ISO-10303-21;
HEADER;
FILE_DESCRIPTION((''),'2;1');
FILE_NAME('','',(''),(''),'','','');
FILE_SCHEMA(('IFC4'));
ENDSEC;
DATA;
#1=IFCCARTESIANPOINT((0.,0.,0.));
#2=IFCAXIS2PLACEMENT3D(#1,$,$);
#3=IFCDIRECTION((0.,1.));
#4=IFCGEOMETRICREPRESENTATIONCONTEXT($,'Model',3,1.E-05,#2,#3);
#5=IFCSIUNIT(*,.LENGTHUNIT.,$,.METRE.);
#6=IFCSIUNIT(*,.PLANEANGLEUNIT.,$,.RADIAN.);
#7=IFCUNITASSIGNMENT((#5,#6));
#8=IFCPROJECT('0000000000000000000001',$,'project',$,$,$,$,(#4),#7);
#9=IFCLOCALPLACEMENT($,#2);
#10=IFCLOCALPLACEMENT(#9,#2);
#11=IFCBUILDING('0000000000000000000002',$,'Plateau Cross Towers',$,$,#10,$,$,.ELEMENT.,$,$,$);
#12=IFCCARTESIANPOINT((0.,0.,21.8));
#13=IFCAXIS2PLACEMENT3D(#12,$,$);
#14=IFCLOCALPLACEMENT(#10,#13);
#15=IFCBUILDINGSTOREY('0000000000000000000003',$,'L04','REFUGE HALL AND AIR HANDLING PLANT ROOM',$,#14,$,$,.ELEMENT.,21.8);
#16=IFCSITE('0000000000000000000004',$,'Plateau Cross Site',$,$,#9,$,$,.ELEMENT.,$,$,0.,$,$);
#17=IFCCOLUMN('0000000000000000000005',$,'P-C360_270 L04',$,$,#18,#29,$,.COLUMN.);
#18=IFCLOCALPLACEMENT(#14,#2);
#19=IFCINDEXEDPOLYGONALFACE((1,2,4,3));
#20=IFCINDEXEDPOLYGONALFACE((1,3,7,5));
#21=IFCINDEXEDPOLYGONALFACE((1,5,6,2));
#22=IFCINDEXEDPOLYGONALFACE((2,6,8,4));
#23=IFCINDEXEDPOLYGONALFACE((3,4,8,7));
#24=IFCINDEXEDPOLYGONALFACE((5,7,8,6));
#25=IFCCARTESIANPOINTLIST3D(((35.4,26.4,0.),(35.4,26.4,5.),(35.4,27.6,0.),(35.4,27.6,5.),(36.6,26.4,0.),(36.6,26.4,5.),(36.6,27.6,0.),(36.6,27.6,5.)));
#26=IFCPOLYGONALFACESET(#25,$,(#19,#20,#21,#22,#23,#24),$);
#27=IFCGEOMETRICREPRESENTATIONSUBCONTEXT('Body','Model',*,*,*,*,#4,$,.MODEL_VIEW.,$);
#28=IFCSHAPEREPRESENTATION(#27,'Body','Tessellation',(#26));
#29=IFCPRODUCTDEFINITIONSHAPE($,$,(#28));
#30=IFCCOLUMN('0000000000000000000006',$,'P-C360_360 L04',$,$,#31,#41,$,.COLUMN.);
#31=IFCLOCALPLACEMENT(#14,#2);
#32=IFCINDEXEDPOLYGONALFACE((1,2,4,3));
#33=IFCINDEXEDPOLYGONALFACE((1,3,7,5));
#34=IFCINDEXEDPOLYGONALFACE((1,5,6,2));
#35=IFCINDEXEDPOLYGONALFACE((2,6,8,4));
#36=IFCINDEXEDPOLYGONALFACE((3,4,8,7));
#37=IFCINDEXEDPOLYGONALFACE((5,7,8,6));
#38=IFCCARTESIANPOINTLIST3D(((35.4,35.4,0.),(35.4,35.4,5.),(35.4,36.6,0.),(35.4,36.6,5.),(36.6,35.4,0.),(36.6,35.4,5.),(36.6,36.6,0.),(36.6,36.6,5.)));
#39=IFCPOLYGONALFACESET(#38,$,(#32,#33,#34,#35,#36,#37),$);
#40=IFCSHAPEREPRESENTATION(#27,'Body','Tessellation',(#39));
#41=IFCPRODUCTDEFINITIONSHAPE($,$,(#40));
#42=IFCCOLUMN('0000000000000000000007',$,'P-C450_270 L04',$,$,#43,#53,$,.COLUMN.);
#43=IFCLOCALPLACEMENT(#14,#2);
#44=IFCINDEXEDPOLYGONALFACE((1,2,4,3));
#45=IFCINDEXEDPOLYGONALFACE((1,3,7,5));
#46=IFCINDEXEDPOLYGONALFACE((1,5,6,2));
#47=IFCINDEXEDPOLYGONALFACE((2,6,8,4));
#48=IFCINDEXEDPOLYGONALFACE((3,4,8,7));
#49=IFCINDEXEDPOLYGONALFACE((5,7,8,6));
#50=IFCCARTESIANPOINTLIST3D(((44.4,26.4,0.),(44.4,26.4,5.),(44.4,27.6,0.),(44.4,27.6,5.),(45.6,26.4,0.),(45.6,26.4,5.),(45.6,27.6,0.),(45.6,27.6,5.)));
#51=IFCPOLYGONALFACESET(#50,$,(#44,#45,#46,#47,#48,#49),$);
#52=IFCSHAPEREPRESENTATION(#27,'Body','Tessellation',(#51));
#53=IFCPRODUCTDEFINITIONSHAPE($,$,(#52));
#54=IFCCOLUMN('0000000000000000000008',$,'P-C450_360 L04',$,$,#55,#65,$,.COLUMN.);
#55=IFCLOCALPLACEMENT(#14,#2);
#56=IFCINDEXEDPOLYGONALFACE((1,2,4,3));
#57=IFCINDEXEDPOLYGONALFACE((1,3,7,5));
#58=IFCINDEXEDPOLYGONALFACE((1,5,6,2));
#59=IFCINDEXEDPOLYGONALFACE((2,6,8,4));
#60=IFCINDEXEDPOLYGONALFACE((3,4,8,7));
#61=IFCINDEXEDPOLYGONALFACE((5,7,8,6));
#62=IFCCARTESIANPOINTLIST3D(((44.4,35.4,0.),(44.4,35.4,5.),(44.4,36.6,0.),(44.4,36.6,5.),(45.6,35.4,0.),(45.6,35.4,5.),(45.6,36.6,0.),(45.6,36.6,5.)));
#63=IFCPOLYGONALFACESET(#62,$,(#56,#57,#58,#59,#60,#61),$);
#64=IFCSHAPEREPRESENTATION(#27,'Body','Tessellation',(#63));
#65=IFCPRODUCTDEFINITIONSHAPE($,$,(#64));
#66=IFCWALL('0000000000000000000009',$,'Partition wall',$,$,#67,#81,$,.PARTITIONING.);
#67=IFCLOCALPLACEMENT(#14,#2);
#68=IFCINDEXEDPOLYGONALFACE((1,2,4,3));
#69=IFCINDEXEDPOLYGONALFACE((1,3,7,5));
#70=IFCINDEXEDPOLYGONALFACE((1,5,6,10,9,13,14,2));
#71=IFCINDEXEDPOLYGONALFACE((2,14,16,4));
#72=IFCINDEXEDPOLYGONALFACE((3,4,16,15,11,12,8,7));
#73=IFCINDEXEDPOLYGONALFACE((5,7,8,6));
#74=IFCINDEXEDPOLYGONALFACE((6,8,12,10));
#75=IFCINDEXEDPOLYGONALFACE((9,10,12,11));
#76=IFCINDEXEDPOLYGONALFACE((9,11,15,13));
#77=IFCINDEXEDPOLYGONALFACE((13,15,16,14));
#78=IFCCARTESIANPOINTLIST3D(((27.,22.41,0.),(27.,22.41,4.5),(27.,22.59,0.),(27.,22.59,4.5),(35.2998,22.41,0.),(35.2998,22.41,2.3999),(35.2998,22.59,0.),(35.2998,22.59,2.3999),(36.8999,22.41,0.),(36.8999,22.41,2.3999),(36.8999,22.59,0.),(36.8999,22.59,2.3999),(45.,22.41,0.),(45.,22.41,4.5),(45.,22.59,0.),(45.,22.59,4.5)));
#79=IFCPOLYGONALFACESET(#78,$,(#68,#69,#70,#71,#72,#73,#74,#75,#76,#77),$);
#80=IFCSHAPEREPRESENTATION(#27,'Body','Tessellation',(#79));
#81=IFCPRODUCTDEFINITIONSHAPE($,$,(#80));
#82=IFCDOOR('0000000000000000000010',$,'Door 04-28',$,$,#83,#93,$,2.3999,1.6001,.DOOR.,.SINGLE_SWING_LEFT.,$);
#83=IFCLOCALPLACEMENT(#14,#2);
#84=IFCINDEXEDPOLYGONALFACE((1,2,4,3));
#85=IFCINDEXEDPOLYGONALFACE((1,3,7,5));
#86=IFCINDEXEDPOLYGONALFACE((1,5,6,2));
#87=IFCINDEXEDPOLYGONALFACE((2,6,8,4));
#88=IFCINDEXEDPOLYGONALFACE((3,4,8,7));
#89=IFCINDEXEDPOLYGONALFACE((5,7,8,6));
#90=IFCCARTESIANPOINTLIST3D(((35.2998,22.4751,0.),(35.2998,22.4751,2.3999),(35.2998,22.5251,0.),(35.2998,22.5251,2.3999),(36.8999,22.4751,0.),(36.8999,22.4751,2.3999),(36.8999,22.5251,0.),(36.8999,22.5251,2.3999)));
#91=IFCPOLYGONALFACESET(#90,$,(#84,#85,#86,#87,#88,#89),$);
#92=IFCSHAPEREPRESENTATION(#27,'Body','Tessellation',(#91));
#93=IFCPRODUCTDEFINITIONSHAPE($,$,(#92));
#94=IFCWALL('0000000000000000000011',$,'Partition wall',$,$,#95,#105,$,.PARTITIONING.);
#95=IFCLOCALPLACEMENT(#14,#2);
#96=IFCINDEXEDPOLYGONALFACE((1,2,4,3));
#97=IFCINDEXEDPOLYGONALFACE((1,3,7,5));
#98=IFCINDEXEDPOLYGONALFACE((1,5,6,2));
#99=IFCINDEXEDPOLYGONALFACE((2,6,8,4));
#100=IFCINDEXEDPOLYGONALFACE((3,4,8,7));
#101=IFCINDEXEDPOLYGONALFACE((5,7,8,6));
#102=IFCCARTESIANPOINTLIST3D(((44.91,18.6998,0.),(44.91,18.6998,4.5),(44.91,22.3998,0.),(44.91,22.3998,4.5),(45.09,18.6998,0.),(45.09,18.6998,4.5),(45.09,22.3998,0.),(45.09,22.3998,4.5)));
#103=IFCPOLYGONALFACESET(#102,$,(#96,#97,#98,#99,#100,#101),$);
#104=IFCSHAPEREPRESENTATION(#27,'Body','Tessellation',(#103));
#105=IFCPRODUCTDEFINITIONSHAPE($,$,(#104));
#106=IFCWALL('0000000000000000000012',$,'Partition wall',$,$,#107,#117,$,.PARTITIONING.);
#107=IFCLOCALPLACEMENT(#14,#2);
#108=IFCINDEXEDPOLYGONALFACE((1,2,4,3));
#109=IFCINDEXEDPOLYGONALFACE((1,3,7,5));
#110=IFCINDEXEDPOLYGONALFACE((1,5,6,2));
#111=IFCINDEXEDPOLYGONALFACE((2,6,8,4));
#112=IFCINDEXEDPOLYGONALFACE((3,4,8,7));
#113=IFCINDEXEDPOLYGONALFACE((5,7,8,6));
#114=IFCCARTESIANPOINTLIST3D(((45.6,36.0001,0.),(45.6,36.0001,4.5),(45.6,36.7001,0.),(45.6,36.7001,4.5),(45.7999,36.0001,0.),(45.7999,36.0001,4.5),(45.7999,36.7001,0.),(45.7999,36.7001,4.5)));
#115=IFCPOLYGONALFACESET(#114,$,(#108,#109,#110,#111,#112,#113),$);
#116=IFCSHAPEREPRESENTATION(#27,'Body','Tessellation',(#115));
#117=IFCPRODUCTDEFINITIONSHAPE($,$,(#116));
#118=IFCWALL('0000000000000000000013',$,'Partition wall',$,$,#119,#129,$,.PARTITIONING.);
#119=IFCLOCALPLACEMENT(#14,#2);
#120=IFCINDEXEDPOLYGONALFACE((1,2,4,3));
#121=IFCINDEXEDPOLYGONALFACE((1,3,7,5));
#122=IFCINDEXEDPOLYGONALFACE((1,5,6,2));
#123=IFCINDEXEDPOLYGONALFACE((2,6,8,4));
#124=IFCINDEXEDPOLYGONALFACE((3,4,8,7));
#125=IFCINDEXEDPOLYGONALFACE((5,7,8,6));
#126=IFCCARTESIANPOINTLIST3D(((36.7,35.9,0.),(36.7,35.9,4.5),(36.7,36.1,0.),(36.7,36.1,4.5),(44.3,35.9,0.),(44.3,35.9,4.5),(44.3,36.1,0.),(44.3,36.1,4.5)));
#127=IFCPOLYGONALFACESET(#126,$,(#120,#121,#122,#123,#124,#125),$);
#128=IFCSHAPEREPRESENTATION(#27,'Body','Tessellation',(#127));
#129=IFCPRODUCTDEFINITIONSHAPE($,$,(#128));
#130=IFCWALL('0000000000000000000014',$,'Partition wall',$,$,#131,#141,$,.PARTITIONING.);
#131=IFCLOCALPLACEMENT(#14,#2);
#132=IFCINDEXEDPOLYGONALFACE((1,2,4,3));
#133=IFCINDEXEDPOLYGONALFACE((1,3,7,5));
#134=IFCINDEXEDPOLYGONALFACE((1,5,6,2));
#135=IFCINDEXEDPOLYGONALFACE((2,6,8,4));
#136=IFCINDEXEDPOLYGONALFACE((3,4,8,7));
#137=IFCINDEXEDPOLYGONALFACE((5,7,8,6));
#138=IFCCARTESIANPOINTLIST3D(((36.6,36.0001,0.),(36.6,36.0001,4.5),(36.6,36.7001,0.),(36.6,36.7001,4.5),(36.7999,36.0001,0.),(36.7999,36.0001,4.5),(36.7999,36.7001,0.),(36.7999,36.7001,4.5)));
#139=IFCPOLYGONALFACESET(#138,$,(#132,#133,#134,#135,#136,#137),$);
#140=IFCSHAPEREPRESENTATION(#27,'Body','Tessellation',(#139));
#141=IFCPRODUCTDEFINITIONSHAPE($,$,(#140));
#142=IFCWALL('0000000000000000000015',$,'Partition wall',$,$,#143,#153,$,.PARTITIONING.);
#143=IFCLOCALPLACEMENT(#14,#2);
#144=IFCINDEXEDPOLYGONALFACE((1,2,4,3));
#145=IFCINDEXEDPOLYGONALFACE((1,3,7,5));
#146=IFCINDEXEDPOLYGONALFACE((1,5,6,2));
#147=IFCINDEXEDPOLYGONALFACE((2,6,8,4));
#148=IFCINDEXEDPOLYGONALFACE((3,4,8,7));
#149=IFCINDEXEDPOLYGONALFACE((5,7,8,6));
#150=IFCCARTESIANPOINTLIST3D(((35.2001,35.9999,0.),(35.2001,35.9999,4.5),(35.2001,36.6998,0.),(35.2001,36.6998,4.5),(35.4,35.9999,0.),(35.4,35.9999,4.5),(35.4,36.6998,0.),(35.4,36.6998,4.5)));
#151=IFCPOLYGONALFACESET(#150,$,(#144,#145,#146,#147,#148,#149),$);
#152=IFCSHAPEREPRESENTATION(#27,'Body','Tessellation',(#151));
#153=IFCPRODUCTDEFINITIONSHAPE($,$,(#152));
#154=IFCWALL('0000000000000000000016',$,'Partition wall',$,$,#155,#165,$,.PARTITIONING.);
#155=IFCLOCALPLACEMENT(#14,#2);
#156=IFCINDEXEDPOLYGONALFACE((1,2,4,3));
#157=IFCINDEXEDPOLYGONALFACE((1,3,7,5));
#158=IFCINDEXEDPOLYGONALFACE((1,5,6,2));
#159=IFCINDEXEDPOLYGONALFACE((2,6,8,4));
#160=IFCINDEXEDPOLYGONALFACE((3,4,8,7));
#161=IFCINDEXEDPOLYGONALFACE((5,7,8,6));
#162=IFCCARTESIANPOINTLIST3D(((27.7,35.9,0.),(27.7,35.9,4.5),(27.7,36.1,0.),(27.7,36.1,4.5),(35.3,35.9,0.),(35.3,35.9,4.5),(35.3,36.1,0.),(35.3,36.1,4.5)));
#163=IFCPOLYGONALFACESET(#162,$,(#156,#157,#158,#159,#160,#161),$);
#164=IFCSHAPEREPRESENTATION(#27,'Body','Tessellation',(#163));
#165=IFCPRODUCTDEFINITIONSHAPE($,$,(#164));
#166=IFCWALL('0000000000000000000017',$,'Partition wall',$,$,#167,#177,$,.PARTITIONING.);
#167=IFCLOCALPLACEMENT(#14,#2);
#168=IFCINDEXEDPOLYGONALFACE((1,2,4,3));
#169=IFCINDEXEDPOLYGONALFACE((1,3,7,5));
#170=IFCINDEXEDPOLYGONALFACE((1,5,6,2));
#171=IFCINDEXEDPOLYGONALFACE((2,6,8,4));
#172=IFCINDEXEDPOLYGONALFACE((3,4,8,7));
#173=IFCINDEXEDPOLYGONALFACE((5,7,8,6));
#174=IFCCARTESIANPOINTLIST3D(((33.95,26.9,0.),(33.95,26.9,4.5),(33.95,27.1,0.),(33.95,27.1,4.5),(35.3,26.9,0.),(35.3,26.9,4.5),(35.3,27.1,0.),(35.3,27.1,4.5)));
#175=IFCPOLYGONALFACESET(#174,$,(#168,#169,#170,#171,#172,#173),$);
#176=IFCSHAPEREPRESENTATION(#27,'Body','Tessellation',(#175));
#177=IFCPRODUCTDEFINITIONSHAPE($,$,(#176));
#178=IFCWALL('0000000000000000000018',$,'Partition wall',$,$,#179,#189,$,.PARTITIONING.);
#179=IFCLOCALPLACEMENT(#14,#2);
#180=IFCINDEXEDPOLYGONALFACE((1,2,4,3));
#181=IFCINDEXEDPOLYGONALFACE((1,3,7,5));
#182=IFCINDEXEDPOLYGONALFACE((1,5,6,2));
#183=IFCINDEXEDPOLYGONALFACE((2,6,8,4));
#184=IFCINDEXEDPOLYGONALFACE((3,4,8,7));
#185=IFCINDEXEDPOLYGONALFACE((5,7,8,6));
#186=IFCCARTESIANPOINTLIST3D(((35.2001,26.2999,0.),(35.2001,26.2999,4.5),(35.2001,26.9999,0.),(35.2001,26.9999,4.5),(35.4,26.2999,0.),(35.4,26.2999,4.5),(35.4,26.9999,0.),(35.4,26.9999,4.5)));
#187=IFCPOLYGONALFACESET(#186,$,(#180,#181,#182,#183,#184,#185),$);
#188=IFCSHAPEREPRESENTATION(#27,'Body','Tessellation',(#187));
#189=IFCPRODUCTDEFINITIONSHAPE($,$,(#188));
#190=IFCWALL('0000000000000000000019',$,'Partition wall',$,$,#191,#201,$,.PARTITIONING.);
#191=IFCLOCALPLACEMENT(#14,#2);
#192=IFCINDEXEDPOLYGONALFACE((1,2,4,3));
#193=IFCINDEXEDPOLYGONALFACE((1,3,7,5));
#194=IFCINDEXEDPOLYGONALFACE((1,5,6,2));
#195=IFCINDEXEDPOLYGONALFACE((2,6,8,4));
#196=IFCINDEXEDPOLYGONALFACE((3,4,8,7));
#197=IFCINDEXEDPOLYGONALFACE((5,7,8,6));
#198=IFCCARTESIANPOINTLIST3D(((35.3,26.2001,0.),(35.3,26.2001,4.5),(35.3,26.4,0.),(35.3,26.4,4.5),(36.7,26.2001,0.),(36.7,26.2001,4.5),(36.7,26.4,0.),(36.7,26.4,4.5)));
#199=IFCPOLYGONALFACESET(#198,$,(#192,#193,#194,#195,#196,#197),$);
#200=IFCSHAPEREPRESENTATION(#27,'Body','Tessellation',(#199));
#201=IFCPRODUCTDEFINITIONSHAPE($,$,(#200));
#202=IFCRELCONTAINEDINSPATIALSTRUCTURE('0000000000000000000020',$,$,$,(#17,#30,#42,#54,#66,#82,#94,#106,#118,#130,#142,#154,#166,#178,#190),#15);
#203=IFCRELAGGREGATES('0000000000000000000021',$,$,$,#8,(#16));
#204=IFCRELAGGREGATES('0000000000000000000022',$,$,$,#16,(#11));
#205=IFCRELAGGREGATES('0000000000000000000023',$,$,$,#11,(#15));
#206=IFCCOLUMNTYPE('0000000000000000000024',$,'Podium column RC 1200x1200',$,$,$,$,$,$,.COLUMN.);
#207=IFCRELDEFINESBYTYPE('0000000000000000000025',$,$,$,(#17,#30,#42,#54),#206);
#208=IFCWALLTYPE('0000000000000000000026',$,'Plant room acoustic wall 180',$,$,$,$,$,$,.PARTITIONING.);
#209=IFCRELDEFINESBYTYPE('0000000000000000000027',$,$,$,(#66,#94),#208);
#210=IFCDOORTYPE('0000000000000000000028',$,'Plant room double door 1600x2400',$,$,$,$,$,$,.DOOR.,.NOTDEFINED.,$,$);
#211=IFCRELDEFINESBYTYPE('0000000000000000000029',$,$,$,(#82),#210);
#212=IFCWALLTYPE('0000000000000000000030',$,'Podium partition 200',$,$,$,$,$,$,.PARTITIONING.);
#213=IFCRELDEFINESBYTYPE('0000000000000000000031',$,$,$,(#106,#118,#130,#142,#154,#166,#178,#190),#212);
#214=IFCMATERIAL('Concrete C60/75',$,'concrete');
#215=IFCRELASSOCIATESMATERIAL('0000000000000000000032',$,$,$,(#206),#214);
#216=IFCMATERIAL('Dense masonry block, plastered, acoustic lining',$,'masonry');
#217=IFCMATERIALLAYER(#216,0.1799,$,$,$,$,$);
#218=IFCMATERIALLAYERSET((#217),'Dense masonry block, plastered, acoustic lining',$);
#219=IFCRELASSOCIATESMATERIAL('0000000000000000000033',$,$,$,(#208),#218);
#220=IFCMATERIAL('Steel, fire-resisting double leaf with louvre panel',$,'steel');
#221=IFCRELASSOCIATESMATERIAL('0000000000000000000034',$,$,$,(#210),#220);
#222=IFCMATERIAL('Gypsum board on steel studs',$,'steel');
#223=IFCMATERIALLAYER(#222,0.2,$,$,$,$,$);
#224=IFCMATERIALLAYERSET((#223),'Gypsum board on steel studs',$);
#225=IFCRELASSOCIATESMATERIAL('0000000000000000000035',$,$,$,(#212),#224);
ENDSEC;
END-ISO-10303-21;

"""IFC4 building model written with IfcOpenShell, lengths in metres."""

from ifc_helpers import new_model, si_unit, direction, frame, frame_2d, origin, origin_2d, place, context, subcontext, project, spatial, rectangle, extrude, material, layer, layer_set, material_profile, profile_set, type_object, element, fill, save


model = new_model("IFC4")

# Units and contexts
model_context = context("Model", 3, precision=1e-05, world=origin(), true_north=direction((0.0, 1.0)))
body_context = subcontext(model_context, "Body", "Model", "MODEL_VIEW")
ifc_project = project(units=[si_unit("LENGTHUNIT", "METRE"), si_unit("PLANEANGLEUNIT", "RADIAN")], contexts=[model_context])

# Site, building, storey
site_placement = place(None, origin())
site = spatial("IfcSite", under=ifc_project, at=site_placement, Name="Plateau Cross Site", CompositionType="ELEMENT", RefElevation=0.0)
building_placement = place(site_placement, origin())
building = spatial("IfcBuilding", under=site, at=building_placement, Name="Plateau Cross Towers", CompositionType="ELEMENT")
storey_placement = place(building_placement, frame((0.0, 0.0, 21.8)))
storey = spatial("IfcBuildingStorey", under=building, at=storey_placement, Name="L04", Description="REFUGE HALL AND AIR HANDLING PLANT ROOM", CompositionType="ELEMENT", Elevation=21.8)

# Columns
ifc_material_1 = material(Name="Concrete C60/75", Category="concrete")
ifc_material_profile = material_profile(ifc_material_1, rectangle(XDim=1.2, YDim=1.2, at=origin_2d()), Name="RC 1200x1200")
ifc_profile_set = profile_set([ifc_material_profile], Name="Concrete C60/75")
column_type = type_object("IfcColumnType", Name="Podium column RC 1200x1200", PredefinedType="COLUMN", material=ifc_profile_set)
for number, where, z_axis, x_axis, name in (
    (1, (36.0, 27.0, 0.0), (0.0, 0.0, 1.0), (1.0, 0.0, 0.0), "P-C360_270 L04"),
    (2, (36.0, 36.0, 0.0), (0.0, 0.0, 1.0), (1.0, 0.0, 0.0), "P-C360_360 L04"),
    (3, (45.0, 27.0, 0.0), (0.0, 0.0, 1.0), (1.0, 0.0, 0.0), "P-C450_270 L04"),
    (4, (45.0, 36.0, 0.0), (0.0, 0.0, 1.0), (1.0, 0.0, 0.0), "P-C450_360 L04"),
):
    element("IfcColumn", number, at=place(storey_placement, frame(where, z_axis=z_axis, x_axis=x_axis)), inside=storey, type_object=column_type, Name=name, PredefinedType="COLUMN", context=body_context, shape_type="SweptSolid", body=[
        extrude(rectangle(XDim=1.2, YDim=1.2, at=origin_2d()), origin(), (0.0, 0.0, 1.0), 5.0),
    ])

# Wall, opening, door
ifc_material_2 = material(Name="Dense masonry block, plastered, acoustic lining", Category="masonry")
ifc_layer_1 = layer(ifc_material_2, 0.1799)
ifc_layer_set_1 = layer_set([ifc_layer_1], Name="Dense masonry block, plastered, acoustic lining")
wall_type_1 = type_object("IfcWallType", Name="Plant room acoustic wall 180", PredefinedType="PARTITIONING", material=ifc_layer_set_1)
wall_1_placement = place(storey_placement, frame((45.0, 22.5, 0.0), z_axis=(0.0, 0.0, 1.0), x_axis=(-1.0, 0.0, 0.0)))
wall_1 = element("IfcWall", 5, at=wall_1_placement, inside=storey, type_object=wall_type_1, Name="Partition wall", PredefinedType="PARTITIONING", context=body_context, shape_type="SweptSolid", body=[
    extrude(rectangle(XDim=18.0, YDim=0.1799, at=frame_2d((9.0, 0.0))), origin(), (0.0, 0.0, 1.0), 4.5),
])
opening_1_placement = place(wall_1_placement, frame((8.1001, 0.0, 0.0)))
opening_1 = element("IfcOpeningElement", 6, at=opening_1_placement, cuts=wall_1, PredefinedType="OPENING", context=body_context, shape_type="SweptSolid", body=[
    extrude(rectangle(XDim=1.6001, YDim=2.3999, at=frame_2d((0.8, 1.2))), frame((0.0, 0.0999, 0.0), z_axis=(0.0, -1.0, 0.0), x_axis=(1.0, 0.0, 0.0)), (0.0, 0.0, 1.0), 0.2),
])
ifc_material_3 = material(Name="Steel, fire-resisting double leaf with louvre panel", Category="steel")
door_type_1 = type_object("IfcDoorType", Name="Plant room double door 1600x2400", OperationType="NOTDEFINED", PredefinedType="DOOR", material=ifc_material_3)
door_1_placement = place(opening_1_placement, origin())
door_1 = element("IfcDoor", 7, at=door_1_placement, inside=storey, type_object=door_type_1, Name="Door 04-28", OperationType="SINGLE_SWING_LEFT", OverallHeight=2.3999, OverallWidth=1.6001, PredefinedType="DOOR", context=body_context, shape_type="SweptSolid", body=[
    extrude(rectangle(XDim=1.6001, YDim=2.3999, at=frame_2d((0.8, 1.2))), frame((0.0, 0.0249, 0.0), z_axis=(0.0, -1.0, 0.0), x_axis=(1.0, 0.0, 0.0)), (0.0, 0.0, 1.0), 0.05),
])
fill(opening_1, door_1)

# Walls
wall_2_placement = place(storey_placement, frame((45.0, 22.3999, 0.0), z_axis=(0.0, 0.0, 1.0), x_axis=(0.0, -1.0, 0.0)))
element("IfcWall", 8, at=wall_2_placement, inside=storey, type_object=wall_type_1, Name="Partition wall", PredefinedType="PARTITIONING", context=body_context, shape_type="SweptSolid", body=[
    extrude(rectangle(XDim=3.7, YDim=0.1799, at=frame_2d((1.8501, 0.0))), origin(), (0.0, 0.0, 1.0), 4.5),
])
ifc_material_4 = material(Name="Gypsum board on steel studs", Category="steel")
ifc_layer_2 = layer(ifc_material_4, 0.2)
ifc_layer_set_2 = layer_set([ifc_layer_2], Name="Gypsum board on steel studs")
wall_type_2 = type_object("IfcWallType", Name="Podium partition 200", PredefinedType="PARTITIONING", material=ifc_layer_set_2)
wall_3_placement = place(storey_placement, frame((45.7, 36.0, 0.0), z_axis=(0.0, 0.0, 1.0), x_axis=(0.0, 1.0, 0.0)))
element("IfcWall", 9, at=wall_3_placement, inside=storey, type_object=wall_type_2, Name="Partition wall", PredefinedType="PARTITIONING", context=body_context, shape_type="SweptSolid", body=[
    extrude(rectangle(XDim=0.7, YDim=0.2, at=frame_2d((0.3501, 0.0))), origin(), (0.0, 0.0, 1.0), 4.5),
])
wall_4_placement = place(storey_placement, frame((44.3, 36.0, 0.0), z_axis=(0.0, 0.0, 1.0), x_axis=(-1.0, 0.0, 0.0)))
element("IfcWall", 10, at=wall_4_placement, inside=storey, type_object=wall_type_2, Name="Partition wall", PredefinedType="PARTITIONING", context=body_context, shape_type="SweptSolid", body=[
    extrude(rectangle(XDim=7.6001, YDim=0.2, at=frame_2d((3.8, 0.0))), origin(), (0.0, 0.0, 1.0), 4.5),
])
for number, where, z_axis, x_axis, name in (
    (11, (36.7, 36.0, 0.0), (0.0, 0.0, 1.0), (0.0, 1.0, 0.0), "Partition wall"),
    (12, (35.3, 36.7, 0.0), (0.0, 0.0, 1.0), (0.0, -1.0, 0.0), "Partition wall"),
):
    element("IfcWall", number, at=place(storey_placement, frame(where, z_axis=z_axis, x_axis=x_axis)), inside=storey, type_object=wall_type_2, Name=name, PredefinedType="PARTITIONING", context=body_context, shape_type="SweptSolid", body=[
        extrude(rectangle(XDim=0.7, YDim=0.2, at=frame_2d((0.3501, 0.0))), origin(), (0.0, 0.0, 1.0), 4.5),
    ])
wall_5_placement = place(storey_placement, frame((35.3, 36.0, 0.0), z_axis=(0.0, 0.0, 1.0), x_axis=(-1.0, 0.0, 0.0)))
element("IfcWall", 13, at=wall_5_placement, inside=storey, type_object=wall_type_2, Name="Partition wall", PredefinedType="PARTITIONING", context=body_context, shape_type="SweptSolid", body=[
    extrude(rectangle(XDim=7.6001, YDim=0.2, at=frame_2d((3.8, 0.0))), origin(), (0.0, 0.0, 1.0), 4.5),
])
wall_6_placement = place(storey_placement, frame((33.95, 27.0, 0.0), z_axis=(0.0, 0.0, 1.0), x_axis=(1.0, 0.0, 0.0)))
element("IfcWall", 14, at=wall_6_placement, inside=storey, type_object=wall_type_2, Name="Partition wall", PredefinedType="PARTITIONING", context=body_context, shape_type="SweptSolid", body=[
    extrude(rectangle(XDim=1.3501, YDim=0.2, at=frame_2d((0.675, 0.0))), origin(), (0.0, 0.0, 1.0), 4.5),
])
wall_7_placement = place(storey_placement, frame((35.3, 27.0, 0.0), z_axis=(0.0, 0.0, 1.0), x_axis=(0.0, -1.0, 0.0)))
element("IfcWall", 15, at=wall_7_placement, inside=storey, type_object=wall_type_2, Name="Partition wall", PredefinedType="PARTITIONING", context=body_context, shape_type="SweptSolid", body=[
    extrude(rectangle(XDim=0.7, YDim=0.2, at=frame_2d((0.3501, 0.0))), origin(), (0.0, 0.0, 1.0), 4.5),
])
wall_8_placement = place(storey_placement, frame((35.3, 26.3, 0.0), z_axis=(0.0, 0.0, 1.0), x_axis=(1.0, 0.0, 0.0)))
element("IfcWall", 16, at=wall_8_placement, inside=storey, type_object=wall_type_2, Name="Partition wall", PredefinedType="PARTITIONING", context=body_context, shape_type="SweptSolid", body=[
    extrude(rectangle(XDim=1.3999, YDim=0.2, at=frame_2d((0.7, 0.0))), origin(), (0.0, 0.0, 1.0), 4.5),
])

save(model, "model.ifc")
